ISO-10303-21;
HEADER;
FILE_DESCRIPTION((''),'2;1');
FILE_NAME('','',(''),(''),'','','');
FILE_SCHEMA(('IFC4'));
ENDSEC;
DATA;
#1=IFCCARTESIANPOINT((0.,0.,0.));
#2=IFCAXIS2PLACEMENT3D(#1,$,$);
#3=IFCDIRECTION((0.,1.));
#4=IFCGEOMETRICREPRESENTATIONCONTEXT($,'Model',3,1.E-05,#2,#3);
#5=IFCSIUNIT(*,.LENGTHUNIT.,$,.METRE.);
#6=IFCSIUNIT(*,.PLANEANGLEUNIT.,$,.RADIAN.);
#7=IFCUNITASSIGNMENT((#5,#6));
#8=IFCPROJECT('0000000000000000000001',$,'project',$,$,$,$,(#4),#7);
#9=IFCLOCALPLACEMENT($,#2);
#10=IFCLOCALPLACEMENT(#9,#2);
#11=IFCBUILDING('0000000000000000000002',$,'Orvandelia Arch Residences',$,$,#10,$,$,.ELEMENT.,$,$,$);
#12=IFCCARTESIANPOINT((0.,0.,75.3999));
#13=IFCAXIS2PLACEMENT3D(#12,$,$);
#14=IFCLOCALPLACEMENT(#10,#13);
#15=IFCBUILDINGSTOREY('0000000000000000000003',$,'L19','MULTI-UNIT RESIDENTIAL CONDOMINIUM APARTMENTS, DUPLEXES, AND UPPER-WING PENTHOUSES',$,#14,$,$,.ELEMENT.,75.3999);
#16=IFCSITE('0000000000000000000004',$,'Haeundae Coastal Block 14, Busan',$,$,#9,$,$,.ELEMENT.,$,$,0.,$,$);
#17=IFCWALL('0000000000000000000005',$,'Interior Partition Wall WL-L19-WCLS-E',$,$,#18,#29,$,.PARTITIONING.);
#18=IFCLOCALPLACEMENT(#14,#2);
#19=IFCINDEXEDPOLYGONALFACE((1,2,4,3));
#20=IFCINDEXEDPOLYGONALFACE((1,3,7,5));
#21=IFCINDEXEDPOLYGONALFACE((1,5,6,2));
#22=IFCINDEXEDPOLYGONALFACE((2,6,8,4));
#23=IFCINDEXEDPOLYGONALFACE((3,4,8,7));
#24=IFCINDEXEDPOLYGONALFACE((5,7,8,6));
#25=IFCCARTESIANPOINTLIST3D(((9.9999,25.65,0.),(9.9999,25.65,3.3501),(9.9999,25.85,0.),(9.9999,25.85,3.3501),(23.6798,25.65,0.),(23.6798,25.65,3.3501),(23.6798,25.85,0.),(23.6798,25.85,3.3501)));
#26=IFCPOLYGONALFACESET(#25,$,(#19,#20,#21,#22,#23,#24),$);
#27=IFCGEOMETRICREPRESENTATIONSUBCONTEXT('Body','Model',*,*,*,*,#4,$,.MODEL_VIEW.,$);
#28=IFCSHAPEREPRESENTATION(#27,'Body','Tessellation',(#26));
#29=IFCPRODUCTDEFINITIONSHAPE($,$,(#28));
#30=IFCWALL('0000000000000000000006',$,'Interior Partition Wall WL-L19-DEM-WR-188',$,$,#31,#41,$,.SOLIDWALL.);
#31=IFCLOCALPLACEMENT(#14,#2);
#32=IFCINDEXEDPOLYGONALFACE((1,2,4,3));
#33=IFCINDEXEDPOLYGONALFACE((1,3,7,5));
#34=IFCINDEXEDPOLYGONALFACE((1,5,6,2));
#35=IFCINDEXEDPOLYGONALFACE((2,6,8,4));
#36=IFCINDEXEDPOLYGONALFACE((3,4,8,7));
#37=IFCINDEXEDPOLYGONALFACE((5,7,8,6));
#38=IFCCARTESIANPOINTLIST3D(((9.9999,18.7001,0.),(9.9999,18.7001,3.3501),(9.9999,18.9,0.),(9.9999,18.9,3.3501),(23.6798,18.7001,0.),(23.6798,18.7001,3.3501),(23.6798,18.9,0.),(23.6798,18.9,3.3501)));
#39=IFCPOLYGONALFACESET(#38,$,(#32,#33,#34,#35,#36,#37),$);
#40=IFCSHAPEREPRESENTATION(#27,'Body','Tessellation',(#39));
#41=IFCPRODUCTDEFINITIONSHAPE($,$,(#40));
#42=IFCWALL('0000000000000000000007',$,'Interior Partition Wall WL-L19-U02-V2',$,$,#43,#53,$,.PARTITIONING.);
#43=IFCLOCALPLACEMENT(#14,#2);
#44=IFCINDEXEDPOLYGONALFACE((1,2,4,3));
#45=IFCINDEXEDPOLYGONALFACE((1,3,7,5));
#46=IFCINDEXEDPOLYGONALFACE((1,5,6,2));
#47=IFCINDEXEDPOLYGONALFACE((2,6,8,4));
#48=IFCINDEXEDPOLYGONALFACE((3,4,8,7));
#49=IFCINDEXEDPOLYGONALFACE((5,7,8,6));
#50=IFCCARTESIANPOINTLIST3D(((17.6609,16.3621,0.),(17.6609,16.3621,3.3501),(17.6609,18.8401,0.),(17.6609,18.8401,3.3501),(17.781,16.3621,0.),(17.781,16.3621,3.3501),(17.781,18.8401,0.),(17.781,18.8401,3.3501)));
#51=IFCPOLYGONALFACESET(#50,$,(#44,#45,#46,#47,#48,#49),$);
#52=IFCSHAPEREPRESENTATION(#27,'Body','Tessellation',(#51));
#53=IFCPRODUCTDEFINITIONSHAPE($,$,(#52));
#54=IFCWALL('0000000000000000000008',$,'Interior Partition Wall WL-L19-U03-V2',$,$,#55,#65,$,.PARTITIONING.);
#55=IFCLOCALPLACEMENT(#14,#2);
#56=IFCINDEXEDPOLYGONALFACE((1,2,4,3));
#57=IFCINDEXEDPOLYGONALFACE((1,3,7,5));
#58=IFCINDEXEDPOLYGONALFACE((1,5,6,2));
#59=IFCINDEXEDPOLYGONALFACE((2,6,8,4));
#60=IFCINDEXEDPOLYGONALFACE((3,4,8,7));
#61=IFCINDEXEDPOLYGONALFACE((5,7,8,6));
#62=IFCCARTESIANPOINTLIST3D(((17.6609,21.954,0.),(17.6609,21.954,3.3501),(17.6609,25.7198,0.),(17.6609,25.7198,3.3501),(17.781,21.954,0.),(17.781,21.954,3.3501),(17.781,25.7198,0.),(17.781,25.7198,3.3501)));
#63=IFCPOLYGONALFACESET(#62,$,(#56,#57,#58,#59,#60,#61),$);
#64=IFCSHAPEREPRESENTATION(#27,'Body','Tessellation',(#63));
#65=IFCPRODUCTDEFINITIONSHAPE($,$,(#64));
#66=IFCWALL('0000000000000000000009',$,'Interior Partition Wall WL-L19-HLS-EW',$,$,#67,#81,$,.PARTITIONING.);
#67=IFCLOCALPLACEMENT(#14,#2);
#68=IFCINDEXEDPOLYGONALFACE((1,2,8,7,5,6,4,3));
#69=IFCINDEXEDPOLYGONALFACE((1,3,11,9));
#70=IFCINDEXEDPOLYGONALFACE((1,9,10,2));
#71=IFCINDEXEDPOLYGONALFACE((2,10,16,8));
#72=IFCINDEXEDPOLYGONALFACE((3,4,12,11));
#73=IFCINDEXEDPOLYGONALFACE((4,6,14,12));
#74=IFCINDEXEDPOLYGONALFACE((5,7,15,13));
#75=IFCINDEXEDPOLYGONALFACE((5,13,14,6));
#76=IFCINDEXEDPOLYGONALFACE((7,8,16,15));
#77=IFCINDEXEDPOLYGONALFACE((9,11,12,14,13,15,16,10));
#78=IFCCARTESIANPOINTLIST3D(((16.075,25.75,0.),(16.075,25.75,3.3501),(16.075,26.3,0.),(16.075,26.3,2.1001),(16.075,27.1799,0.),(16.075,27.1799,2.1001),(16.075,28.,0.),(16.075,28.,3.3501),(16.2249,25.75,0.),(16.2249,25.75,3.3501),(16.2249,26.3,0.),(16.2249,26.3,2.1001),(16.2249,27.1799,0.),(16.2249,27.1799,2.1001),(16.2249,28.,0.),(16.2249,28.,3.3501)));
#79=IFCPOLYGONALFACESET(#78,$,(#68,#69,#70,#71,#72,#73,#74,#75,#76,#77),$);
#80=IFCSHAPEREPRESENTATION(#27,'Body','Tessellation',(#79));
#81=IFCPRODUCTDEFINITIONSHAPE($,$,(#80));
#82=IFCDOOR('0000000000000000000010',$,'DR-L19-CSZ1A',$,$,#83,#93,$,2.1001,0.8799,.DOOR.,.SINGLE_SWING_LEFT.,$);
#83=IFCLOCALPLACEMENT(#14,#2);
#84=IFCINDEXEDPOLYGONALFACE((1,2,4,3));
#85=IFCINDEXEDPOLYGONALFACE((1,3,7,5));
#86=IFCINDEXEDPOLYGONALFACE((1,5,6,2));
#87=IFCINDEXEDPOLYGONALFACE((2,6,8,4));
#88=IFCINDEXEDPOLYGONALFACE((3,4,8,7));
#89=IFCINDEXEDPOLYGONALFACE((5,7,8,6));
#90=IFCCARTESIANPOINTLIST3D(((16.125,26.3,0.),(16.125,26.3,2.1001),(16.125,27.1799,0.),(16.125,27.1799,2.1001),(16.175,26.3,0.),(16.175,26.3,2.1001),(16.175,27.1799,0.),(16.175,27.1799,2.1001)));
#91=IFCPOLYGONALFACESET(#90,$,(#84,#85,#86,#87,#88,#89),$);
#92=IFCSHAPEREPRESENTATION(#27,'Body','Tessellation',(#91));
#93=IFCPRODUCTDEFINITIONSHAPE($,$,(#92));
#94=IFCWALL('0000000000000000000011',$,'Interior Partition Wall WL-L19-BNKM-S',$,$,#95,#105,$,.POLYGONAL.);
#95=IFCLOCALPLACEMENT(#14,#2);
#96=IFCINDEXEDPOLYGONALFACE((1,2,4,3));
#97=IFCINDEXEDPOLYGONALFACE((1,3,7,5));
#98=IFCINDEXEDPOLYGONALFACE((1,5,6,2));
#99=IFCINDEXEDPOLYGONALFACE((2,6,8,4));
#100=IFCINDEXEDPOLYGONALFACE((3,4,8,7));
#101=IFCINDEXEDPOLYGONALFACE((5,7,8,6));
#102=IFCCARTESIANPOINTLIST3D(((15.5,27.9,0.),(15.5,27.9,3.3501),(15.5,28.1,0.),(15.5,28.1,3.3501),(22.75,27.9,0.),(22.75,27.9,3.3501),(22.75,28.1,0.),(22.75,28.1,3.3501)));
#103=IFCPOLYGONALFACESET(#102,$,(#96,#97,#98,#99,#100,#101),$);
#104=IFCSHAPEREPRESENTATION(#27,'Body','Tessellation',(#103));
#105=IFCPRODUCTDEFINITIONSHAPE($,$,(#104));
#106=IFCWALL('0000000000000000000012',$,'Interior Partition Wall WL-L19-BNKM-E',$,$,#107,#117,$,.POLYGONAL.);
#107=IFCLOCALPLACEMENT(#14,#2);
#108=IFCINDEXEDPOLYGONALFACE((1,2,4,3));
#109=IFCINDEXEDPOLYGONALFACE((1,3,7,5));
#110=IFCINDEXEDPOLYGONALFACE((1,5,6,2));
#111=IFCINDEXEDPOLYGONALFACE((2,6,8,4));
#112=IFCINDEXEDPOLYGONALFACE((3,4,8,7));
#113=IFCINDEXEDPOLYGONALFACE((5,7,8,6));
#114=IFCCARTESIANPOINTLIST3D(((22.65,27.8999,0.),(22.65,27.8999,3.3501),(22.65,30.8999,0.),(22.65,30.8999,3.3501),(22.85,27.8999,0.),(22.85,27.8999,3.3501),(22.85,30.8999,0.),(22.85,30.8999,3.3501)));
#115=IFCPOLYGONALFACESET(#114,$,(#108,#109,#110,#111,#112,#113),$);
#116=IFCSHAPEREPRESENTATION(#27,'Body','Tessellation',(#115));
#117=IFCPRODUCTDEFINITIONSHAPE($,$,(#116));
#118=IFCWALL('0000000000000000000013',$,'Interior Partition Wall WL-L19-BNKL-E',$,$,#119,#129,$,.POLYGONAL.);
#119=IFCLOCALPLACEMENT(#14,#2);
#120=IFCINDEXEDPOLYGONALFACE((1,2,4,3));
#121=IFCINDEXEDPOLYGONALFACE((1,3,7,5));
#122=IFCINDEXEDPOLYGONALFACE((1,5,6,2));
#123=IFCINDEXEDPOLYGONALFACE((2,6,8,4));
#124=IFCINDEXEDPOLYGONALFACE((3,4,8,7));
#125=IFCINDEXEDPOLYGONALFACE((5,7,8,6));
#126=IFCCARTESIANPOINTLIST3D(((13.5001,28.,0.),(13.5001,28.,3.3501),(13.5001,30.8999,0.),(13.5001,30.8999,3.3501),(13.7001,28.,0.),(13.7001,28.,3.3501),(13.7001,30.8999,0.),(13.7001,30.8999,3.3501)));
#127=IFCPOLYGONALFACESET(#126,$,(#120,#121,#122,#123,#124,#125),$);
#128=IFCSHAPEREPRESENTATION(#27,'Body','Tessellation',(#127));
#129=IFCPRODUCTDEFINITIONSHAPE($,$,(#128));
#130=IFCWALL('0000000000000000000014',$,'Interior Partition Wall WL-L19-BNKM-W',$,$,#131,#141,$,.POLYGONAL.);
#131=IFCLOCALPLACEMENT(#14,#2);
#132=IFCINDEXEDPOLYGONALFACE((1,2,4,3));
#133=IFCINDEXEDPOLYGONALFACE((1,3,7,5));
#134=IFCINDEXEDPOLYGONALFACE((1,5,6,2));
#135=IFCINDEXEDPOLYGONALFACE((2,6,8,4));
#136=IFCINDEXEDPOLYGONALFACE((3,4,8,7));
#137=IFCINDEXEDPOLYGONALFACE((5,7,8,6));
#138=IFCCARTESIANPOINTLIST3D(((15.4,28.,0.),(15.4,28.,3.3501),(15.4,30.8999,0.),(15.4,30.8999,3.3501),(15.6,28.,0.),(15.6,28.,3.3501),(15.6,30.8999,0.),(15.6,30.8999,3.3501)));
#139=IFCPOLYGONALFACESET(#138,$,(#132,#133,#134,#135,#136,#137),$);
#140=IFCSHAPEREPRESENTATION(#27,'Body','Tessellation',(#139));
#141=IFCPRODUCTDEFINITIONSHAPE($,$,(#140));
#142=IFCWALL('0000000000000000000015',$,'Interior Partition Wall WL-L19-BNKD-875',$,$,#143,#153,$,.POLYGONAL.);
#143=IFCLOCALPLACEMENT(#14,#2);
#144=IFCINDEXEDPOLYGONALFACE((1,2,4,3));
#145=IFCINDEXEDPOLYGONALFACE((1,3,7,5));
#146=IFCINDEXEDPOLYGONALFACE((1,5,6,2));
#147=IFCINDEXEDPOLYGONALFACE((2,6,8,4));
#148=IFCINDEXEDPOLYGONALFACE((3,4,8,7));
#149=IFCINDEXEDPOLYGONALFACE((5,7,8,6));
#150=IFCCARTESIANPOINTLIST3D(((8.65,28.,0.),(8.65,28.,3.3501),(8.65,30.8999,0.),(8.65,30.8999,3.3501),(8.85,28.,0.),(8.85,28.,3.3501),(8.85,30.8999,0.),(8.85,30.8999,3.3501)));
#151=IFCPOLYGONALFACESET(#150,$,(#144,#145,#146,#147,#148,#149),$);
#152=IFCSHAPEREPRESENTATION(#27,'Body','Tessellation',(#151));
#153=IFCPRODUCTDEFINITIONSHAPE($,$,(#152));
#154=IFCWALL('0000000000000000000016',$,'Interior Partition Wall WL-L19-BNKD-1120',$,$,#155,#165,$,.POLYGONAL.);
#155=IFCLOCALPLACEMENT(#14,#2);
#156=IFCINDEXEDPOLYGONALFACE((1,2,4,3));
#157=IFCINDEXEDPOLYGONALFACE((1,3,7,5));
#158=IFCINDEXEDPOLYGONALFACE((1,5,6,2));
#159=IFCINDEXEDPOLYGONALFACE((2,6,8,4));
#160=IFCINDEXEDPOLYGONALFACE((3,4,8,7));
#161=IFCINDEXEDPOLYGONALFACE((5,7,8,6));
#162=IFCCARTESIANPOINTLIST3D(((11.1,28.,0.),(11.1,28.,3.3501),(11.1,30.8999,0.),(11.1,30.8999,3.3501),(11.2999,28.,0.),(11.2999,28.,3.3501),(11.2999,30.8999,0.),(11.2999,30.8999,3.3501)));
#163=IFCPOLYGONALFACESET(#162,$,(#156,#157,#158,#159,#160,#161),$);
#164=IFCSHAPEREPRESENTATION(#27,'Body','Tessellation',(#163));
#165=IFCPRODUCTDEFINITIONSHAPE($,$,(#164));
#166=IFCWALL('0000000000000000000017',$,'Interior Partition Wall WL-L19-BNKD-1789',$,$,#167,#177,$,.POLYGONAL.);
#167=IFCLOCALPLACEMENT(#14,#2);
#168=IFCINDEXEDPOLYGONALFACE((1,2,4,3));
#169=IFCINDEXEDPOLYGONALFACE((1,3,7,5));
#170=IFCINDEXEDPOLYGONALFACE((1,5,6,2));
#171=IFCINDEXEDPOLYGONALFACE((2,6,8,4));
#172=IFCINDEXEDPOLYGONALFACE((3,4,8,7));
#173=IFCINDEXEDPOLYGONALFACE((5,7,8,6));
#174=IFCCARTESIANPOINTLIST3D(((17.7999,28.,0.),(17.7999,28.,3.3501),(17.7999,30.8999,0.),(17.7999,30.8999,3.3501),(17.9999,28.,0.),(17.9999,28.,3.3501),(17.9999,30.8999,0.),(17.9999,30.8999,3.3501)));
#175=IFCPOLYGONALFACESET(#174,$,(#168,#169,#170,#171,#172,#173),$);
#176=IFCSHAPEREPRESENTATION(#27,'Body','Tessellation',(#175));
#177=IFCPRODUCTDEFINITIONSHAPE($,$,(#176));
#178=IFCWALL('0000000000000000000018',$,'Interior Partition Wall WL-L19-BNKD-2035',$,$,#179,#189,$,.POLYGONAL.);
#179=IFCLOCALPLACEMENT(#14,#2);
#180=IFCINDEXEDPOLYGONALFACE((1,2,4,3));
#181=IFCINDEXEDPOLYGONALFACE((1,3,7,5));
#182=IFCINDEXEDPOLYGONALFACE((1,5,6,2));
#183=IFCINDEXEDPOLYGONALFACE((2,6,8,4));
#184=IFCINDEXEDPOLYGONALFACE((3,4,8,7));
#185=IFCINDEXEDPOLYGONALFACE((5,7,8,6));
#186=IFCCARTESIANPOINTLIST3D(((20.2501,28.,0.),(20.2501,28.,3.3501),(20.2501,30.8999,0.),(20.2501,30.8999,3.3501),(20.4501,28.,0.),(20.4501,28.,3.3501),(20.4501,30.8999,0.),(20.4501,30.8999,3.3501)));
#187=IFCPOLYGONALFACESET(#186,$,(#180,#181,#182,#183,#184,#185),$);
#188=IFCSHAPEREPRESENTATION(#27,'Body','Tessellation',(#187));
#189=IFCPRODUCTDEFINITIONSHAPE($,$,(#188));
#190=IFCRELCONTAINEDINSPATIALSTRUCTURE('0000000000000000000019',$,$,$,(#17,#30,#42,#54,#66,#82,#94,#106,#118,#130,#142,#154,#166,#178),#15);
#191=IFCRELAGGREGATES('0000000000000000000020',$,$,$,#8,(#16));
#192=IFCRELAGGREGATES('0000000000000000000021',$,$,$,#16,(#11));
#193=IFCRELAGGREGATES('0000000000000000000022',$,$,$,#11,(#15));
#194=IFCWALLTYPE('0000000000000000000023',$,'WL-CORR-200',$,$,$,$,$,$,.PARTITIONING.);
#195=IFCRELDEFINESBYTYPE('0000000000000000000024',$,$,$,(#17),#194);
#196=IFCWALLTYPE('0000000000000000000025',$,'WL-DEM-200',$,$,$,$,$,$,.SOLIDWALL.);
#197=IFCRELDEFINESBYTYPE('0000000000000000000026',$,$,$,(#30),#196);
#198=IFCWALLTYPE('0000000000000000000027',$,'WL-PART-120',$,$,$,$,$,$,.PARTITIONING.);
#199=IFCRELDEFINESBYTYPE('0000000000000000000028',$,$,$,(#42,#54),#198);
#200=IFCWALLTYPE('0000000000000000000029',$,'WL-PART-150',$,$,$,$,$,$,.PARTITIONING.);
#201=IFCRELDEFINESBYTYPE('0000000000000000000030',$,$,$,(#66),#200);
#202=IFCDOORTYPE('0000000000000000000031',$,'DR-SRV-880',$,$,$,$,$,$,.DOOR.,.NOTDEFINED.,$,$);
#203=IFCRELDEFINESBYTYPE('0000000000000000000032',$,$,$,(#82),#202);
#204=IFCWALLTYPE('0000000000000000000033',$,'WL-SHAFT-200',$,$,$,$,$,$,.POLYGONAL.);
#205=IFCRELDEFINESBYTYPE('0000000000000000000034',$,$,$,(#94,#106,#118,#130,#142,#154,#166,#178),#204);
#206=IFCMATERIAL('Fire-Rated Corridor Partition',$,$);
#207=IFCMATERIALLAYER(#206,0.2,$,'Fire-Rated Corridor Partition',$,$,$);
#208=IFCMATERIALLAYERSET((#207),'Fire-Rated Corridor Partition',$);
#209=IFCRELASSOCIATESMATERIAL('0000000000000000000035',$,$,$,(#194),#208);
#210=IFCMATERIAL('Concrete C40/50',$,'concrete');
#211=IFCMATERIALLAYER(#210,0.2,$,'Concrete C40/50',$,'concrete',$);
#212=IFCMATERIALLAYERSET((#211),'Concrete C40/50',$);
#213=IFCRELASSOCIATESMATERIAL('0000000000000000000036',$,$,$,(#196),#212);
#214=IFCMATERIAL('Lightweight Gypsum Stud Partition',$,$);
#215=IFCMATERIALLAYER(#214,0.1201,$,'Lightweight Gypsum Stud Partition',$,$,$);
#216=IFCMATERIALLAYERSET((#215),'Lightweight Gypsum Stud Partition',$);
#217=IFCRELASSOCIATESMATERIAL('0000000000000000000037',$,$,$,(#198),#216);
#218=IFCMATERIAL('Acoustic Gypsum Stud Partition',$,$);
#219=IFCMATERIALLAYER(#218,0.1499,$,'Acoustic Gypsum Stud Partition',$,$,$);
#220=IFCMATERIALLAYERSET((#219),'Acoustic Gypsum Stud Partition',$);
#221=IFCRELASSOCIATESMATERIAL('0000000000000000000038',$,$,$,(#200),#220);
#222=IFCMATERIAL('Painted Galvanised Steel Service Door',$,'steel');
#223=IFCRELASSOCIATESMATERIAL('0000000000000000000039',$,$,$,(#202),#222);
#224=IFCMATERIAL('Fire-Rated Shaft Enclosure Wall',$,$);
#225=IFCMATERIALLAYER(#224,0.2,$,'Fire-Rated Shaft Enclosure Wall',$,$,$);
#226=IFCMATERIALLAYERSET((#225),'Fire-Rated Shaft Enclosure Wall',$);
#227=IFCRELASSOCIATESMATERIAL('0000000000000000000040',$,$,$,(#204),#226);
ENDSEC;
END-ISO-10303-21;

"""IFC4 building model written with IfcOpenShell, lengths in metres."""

from ifc_helpers import new_model, si_unit, direction, frame, frame_2d, origin, place, context, subcontext, project, spatial, rectangle, extrude, material, layer, layer_set, type_object, element, fill, save


model = new_model("IFC4")

# Units and contexts
model_context = context("Model", 3, precision=1e-05, world=origin(), true_north=direction((0.0, 1.0)))
body_context = subcontext(model_context, "Body", "Model", "MODEL_VIEW")
ifc_project = project(units=[si_unit("LENGTHUNIT", "METRE"), si_unit("PLANEANGLEUNIT", "RADIAN")], contexts=[model_context])

# Site, building, storey
site_placement = place(None, origin())
site = spatial("IfcSite", under=ifc_project, at=site_placement, Name="Haeundae Coastal Block 14, Busan", CompositionType="ELEMENT", RefElevation=0.0)
building_placement = place(site_placement, origin())
building = spatial("IfcBuilding", under=site, at=building_placement, Name="Orvandelia Arch Residences", CompositionType="ELEMENT")
storey_placement = place(building_placement, frame((0.0, 0.0, 75.3999)))
storey = spatial("IfcBuildingStorey", under=building, at=storey_placement, Name="L19", Description="MULTI-UNIT RESIDENTIAL CONDOMINIUM APARTMENTS, DUPLEXES, AND UPPER-WING PENTHOUSES", CompositionType="ELEMENT", Elevation=75.3999)

# Walls
ifc_material_1 = material(Name="Fire-Rated Corridor Partition")
ifc_layer_1 = layer(ifc_material_1, 0.2, Name="Fire-Rated Corridor Partition")
ifc_layer_set_1 = layer_set([ifc_layer_1], Name="Fire-Rated Corridor Partition")
wall_type_1 = type_object("IfcWallType", Name="WL-CORR-200", PredefinedType="PARTITIONING", material=ifc_layer_set_1)
wall_1_placement = place(storey_placement, frame((10.0, 25.75, 0.0), z_axis=(0.0, 0.0, 1.0), x_axis=(1.0, 0.0, 0.0)))
element("IfcWall", 1, at=wall_1_placement, inside=storey, type_object=wall_type_1, Name="Interior Partition Wall WL-L19-WCLS-E", PredefinedType="PARTITIONING", context=body_context, shape_type="SweptSolid", body=[
    extrude(rectangle(XDim=13.6799, YDim=0.2, at=frame_2d((6.8398, 0.0))), origin(), (0.0, 0.0, 1.0), 3.3501),
])
ifc_material_2 = material(Name="Concrete C40/50", Category="concrete")
ifc_layer_2 = layer(ifc_material_2, 0.2, Name="Concrete C40/50", Category="concrete")
ifc_layer_set_2 = layer_set([ifc_layer_2], Name="Concrete C40/50")
wall_type_2 = type_object("IfcWallType", Name="WL-DEM-200", PredefinedType="SOLIDWALL", material=ifc_layer_set_2)
wall_2_placement = place(storey_placement, frame((10.0, 18.8, 0.0), z_axis=(0.0, 0.0, 1.0), x_axis=(1.0, 0.0, 0.0)))
element("IfcWall", 2, at=wall_2_placement, inside=storey, type_object=wall_type_2, Name="Interior Partition Wall WL-L19-DEM-WR-188", PredefinedType="SOLIDWALL", context=body_context, shape_type="SweptSolid", body=[
    extrude(rectangle(XDim=13.6799, YDim=0.2, at=frame_2d((6.8398, 0.0))), origin(), (0.0, 0.0, 1.0), 3.3501),
])
ifc_material_3 = material(Name="Lightweight Gypsum Stud Partition")
ifc_layer_3 = layer(ifc_material_3, 0.1201, Name="Lightweight Gypsum Stud Partition")
ifc_layer_set_3 = layer_set([ifc_layer_3], Name="Lightweight Gypsum Stud Partition")
wall_type_3 = type_object("IfcWallType", Name="WL-PART-120", PredefinedType="PARTITIONING", material=ifc_layer_set_3)
wall_3_placement = place(storey_placement, frame((17.7209, 16.3621, 0.0), z_axis=(0.0, 0.0, 1.0), x_axis=(0.0, 1.0, 0.0)))
element("IfcWall", 3, at=wall_3_placement, inside=storey, type_object=wall_type_3, Name="Interior Partition Wall WL-L19-U02-V2", PredefinedType="PARTITIONING", context=body_context, shape_type="SweptSolid", body=[
    extrude(rectangle(XDim=2.478, YDim=0.1201, at=frame_2d((1.239, 0.0))), origin(), (0.0, 0.0, 1.0), 3.3501),
])
wall_4_placement = place(storey_placement, frame((17.7209, 21.9541, 0.0), z_axis=(0.0, 0.0, 1.0), x_axis=(0.0, 1.0, 0.0)))
element("IfcWall", 4, at=wall_4_placement, inside=storey, type_object=wall_type_3, Name="Interior Partition Wall WL-L19-U03-V2", PredefinedType="PARTITIONING", context=body_context, shape_type="SweptSolid", body=[
    extrude(rectangle(XDim=3.7659, YDim=0.1201, at=frame_2d((1.8828, 0.0))), origin(), (0.0, 0.0, 1.0), 3.3501),
])

# Wall, opening, door
ifc_material_4 = material(Name="Acoustic Gypsum Stud Partition")
ifc_layer_4 = layer(ifc_material_4, 0.1499, Name="Acoustic Gypsum Stud Partition")
ifc_layer_set_4 = layer_set([ifc_layer_4], Name="Acoustic Gypsum Stud Partition")
wall_type_4 = type_object("IfcWallType", Name="WL-PART-150", PredefinedType="PARTITIONING", material=ifc_layer_set_4)
wall_5_placement = place(storey_placement, frame((16.1499, 25.75, 0.0), z_axis=(0.0, 0.0, 1.0), x_axis=(0.0, 1.0, 0.0)))
wall_5 = element("IfcWall", 5, at=wall_5_placement, inside=storey, type_object=wall_type_4, Name="Interior Partition Wall WL-L19-HLS-EW", PredefinedType="PARTITIONING", context=body_context, shape_type="SweptSolid", body=[
    extrude(rectangle(XDim=2.25, YDim=0.1499, at=frame_2d((1.125, 0.0))), origin(), (0.0, 0.0, 1.0), 3.3501),
])
opening_1_placement = place(wall_5_placement, frame((0.55, 0.0, 0.0)))
opening_1 = element("IfcOpeningElement", 6, at=opening_1_placement, cuts=wall_5, PredefinedType="OPENING", context=body_context, shape_type="SweptSolid", body=[
    extrude(rectangle(XDim=0.8799, YDim=2.1001, at=frame_2d((0.4399, 1.05))), frame((0.0, 0.085, 0.0), z_axis=(0.0, -1.0, 0.0), x_axis=(1.0, 0.0, 0.0)), (0.0, 0.0, 1.0), 0.1699),
])
ifc_material_5 = material(Name="Painted Galvanised Steel Service Door", Category="steel")
door_type_1 = type_object("IfcDoorType", Name="DR-SRV-880", OperationType="NOTDEFINED", PredefinedType="DOOR", material=ifc_material_5)
door_1_placement = place(opening_1_placement, origin())
door_1 = element("IfcDoor", 7, at=door_1_placement, inside=storey, type_object=door_type_1, Name="DR-L19-CSZ1A", OperationType="SINGLE_SWING_LEFT", OverallHeight=2.1001, OverallWidth=0.8799, PredefinedType="DOOR", context=body_context, shape_type="SweptSolid", body=[
    extrude(rectangle(XDim=0.8799, YDim=2.1001, at=frame_2d((0.4399, 1.05))), frame((0.0, 0.0249, 0.0), z_axis=(0.0, -1.0, 0.0), x_axis=(1.0, 0.0, 0.0)), (0.0, 0.0, 1.0), 0.05),
])
fill(opening_1, door_1)

# Shared definitions
ifc_material_6 = material(Name="Fire-Rated Shaft Enclosure Wall")
ifc_layer_5 = layer(ifc_material_6, 0.2, Name="Fire-Rated Shaft Enclosure Wall")
ifc_layer_set_5 = layer_set([ifc_layer_5], Name="Fire-Rated Shaft Enclosure Wall")
wall_type_5 = type_object("IfcWallType", Name="WL-SHAFT-200", PredefinedType="POLYGONAL", material=ifc_layer_set_5)

# Walls
wall_6_placement = place(storey_placement, frame((15.5, 28.0, 0.0), z_axis=(0.0, 0.0, 1.0), x_axis=(1.0, 0.0, 0.0)))
element("IfcWall", 8, at=wall_6_placement, inside=storey, type_object=wall_type_5, Name="Interior Partition Wall WL-L19-BNKM-S", PredefinedType="POLYGONAL", context=body_context, shape_type="SweptSolid", body=[
    extrude(rectangle(XDim=7.25, YDim=0.2, at=frame_2d((3.625, 0.0))), origin(), (0.0, 0.0, 1.0), 3.3501),
])
wall_7_placement = place(storey_placement, frame((22.75, 27.8999, 0.0), z_axis=(0.0, 0.0, 1.0), x_axis=(0.0, 1.0, 0.0)))
element("IfcWall", 9, at=wall_7_placement, inside=storey, type_object=wall_type_5, Name="Interior Partition Wall WL-L19-BNKM-E", PredefinedType="POLYGONAL", context=body_context, shape_type="SweptSolid", body=[
    extrude(rectangle(XDim=3.0, YDim=0.2, at=frame_2d((1.5, 0.0))), origin(), (0.0, 0.0, 1.0), 3.3501),
])
for number, where, z_axis, x_axis, name in (
    (10, (13.6001, 28.0, 0.0), (0.0, 0.0, 1.0), (0.0, 1.0, 0.0), "Interior Partition Wall WL-L19-BNKL-E"),
    (11, (15.5, 28.0, 0.0), (0.0, 0.0, 1.0), (0.0, 1.0, 0.0), "Interior Partition Wall WL-L19-BNKM-W"),
    (12, (8.75, 28.0, 0.0), (0.0, 0.0, 1.0), (0.0, 1.0, 0.0), "Interior Partition Wall WL-L19-BNKD-875"),
    (13, (11.2, 28.0, 0.0), (0.0, 0.0, 1.0), (0.0, 1.0, 0.0), "Interior Partition Wall WL-L19-BNKD-1120"),
    (14, (17.8999, 28.0, 0.0), (0.0, 0.0, 1.0), (0.0, 1.0, 0.0), "Interior Partition Wall WL-L19-BNKD-1789"),
    (15, (20.3501, 28.0, 0.0), (0.0, 0.0, 1.0), (0.0, 1.0, 0.0), "Interior Partition Wall WL-L19-BNKD-2035"),
):
    element("IfcWall", number, at=place(storey_placement, frame(where, z_axis=z_axis, x_axis=x_axis)), inside=storey, type_object=wall_type_5, Name=name, PredefinedType="POLYGONAL", context=body_context, shape_type="SweptSolid", body=[
        extrude(rectangle(XDim=2.8999, YDim=0.2, at=frame_2d((1.45, 0.0))), origin(), (0.0, 0.0, 1.0), 3.3501),
    ])

save(model, "model.ifc")
